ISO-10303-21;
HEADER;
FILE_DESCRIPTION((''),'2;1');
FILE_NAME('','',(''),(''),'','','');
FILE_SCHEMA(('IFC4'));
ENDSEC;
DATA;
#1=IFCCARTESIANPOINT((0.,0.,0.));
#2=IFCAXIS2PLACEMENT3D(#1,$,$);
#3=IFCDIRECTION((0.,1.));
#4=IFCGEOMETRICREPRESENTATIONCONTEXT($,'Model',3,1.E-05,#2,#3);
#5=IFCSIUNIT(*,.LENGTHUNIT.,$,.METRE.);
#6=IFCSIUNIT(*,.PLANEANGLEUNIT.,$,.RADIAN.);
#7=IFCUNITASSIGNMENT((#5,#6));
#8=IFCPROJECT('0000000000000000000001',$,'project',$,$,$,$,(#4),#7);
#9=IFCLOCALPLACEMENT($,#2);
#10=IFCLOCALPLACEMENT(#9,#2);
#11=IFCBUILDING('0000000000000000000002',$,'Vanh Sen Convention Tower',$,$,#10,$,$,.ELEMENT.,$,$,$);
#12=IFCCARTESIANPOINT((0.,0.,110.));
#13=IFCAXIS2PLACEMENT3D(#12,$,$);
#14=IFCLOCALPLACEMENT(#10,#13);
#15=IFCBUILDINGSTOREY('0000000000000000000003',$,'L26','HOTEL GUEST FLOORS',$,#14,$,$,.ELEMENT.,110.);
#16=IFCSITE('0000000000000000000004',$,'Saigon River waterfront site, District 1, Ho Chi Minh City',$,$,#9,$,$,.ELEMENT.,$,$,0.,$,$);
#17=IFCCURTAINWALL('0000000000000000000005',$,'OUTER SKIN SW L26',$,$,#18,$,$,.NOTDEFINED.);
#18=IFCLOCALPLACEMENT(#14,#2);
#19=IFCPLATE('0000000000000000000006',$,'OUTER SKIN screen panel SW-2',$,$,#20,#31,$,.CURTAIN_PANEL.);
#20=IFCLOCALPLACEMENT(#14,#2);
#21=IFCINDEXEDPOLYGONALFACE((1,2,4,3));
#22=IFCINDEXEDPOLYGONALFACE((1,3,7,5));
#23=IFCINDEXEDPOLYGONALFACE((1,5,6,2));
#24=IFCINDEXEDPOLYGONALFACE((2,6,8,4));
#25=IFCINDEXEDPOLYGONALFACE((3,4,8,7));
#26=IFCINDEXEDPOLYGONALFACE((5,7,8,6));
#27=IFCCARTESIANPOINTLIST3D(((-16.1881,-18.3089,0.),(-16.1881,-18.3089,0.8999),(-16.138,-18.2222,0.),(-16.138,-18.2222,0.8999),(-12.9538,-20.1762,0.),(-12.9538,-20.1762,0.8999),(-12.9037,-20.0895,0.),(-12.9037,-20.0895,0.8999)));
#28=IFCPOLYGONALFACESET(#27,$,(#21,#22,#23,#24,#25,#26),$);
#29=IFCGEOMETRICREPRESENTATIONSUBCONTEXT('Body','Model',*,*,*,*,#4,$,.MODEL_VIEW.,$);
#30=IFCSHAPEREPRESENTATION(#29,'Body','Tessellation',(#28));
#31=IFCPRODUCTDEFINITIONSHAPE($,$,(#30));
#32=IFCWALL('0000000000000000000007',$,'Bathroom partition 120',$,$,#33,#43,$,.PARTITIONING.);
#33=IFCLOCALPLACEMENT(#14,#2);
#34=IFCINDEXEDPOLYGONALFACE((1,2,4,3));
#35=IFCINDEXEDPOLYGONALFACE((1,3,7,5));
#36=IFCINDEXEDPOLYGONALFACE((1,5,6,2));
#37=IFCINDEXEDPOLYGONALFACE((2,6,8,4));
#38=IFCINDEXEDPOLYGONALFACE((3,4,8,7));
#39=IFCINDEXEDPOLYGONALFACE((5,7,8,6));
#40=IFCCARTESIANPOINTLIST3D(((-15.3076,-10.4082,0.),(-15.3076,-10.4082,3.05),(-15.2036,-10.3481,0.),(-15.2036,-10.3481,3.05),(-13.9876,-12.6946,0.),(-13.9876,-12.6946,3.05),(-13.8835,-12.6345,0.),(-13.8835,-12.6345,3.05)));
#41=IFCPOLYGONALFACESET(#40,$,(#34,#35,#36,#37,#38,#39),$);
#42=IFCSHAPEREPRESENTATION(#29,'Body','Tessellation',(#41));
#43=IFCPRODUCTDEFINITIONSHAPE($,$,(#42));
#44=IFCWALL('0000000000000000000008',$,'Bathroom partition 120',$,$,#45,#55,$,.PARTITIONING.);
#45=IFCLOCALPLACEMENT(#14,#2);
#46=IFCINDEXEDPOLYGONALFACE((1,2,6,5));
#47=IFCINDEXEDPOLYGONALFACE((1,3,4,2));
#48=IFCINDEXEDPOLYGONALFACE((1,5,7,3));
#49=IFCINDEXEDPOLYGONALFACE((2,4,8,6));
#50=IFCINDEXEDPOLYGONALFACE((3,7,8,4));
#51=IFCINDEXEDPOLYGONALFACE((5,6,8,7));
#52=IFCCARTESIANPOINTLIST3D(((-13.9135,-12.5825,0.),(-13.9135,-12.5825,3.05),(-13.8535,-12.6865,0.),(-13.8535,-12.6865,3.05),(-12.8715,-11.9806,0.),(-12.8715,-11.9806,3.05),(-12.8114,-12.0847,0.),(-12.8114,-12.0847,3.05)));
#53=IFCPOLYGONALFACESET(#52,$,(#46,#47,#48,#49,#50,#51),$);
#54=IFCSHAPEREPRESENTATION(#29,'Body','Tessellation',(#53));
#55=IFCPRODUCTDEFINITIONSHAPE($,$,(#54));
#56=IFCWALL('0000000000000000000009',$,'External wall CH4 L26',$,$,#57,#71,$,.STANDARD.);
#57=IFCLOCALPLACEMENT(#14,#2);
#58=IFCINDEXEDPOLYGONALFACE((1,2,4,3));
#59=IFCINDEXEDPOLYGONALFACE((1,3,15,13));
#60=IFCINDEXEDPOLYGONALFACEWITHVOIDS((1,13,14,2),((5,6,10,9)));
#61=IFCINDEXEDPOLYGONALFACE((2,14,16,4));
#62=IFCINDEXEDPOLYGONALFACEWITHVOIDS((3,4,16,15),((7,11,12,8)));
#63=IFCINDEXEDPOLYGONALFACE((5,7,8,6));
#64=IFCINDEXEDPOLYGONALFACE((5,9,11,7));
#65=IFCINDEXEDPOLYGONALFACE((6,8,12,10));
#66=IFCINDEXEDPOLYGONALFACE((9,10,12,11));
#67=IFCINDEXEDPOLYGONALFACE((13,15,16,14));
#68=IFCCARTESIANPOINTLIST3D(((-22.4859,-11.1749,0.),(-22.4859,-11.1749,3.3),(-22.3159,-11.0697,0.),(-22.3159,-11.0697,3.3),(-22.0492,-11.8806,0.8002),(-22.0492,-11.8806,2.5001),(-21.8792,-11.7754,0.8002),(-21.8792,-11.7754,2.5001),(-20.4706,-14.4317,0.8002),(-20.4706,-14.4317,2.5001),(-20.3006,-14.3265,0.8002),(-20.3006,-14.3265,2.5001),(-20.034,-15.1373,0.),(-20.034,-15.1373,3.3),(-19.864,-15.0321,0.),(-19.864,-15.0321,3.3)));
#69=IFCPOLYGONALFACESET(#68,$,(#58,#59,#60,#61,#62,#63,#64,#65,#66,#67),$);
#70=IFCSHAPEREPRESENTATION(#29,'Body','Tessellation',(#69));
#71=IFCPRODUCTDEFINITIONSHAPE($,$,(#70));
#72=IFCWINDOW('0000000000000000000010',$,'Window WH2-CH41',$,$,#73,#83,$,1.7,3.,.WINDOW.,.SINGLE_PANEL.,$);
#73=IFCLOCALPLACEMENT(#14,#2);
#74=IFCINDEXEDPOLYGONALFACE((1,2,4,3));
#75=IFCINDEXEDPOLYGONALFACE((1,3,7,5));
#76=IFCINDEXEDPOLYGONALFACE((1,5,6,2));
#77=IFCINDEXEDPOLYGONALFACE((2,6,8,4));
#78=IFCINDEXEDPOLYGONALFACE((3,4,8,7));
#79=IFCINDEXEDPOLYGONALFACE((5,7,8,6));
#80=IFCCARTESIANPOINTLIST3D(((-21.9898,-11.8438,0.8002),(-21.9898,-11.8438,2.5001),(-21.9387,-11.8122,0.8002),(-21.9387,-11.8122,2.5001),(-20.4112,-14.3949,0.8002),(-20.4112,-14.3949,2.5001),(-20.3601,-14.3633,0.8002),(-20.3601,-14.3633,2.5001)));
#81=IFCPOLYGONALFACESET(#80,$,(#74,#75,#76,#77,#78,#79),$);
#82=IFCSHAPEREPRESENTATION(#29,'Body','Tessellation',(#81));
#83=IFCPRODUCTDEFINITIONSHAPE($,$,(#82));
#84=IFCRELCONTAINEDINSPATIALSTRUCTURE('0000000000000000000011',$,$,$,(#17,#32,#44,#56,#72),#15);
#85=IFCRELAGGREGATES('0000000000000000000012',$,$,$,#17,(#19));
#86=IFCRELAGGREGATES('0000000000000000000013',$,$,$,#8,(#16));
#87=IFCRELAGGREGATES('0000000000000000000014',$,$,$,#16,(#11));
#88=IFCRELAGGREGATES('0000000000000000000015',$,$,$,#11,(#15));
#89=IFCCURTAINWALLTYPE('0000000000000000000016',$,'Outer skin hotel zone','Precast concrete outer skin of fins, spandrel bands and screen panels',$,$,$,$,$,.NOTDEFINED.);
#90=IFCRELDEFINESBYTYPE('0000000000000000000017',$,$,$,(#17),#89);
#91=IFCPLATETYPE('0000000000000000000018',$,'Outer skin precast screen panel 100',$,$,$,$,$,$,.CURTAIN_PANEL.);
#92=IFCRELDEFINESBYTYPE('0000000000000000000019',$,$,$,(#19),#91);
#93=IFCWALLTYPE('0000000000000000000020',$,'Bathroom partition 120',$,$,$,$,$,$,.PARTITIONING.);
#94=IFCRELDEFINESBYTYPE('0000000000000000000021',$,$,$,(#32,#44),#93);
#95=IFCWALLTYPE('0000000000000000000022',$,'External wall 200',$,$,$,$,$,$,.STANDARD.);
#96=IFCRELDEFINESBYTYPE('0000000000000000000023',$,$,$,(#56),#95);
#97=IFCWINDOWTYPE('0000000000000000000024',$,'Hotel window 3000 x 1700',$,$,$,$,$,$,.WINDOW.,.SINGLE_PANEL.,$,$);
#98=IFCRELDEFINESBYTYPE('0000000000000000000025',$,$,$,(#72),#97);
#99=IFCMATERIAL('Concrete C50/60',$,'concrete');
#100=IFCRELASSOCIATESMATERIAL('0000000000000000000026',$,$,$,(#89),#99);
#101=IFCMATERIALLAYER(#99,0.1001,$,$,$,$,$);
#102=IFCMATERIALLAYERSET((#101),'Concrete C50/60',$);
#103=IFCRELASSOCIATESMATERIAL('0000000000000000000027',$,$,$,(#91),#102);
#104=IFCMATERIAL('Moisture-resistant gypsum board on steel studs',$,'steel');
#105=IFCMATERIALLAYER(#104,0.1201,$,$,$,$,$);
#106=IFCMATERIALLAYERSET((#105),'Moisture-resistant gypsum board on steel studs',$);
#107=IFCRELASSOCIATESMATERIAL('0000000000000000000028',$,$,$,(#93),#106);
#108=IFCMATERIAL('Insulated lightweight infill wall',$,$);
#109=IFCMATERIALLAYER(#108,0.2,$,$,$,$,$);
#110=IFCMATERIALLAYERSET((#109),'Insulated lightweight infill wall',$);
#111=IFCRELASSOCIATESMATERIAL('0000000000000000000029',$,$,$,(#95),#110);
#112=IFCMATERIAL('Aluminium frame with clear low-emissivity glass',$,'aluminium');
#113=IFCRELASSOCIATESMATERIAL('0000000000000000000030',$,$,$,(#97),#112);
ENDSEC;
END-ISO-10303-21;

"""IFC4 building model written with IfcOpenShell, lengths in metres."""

from ifc_helpers import new_model, si_unit, direction, frame, frame_2d, origin, origin_2d, place, context, subcontext, project, spatial, rectangle, extrude, material, layer, layer_set, type_object, element, fill, aggregate, save


model = new_model("IFC4")

# Units and contexts
model_context = context("Model", 3, precision=1e-05, world=origin(), true_north=direction((0.0, 1.0)))
body_context = subcontext(model_context, "Body", "Model", "MODEL_VIEW")
ifc_project = project(units=[si_unit("LENGTHUNIT", "METRE"), si_unit("PLANEANGLEUNIT", "RADIAN")], contexts=[model_context])

# Site, building, storey
site_placement = place(None, origin())
site = spatial("IfcSite", under=ifc_project, at=site_placement, Name="Saigon River waterfront site, District 1, Ho Chi Minh City", CompositionType="ELEMENT", RefElevation=0.0)
building_placement = place(site_placement, origin())
building = spatial("IfcBuilding", under=site, at=building_placement, Name="Vanh Sen Convention Tower", CompositionType="ELEMENT")
storey_placement = place(building_placement, frame((0.0, 0.0, 110.0)))
storey = spatial("IfcBuildingStorey", under=building, at=storey_placement, Name="L26", Description="HOTEL GUEST FLOORS", CompositionType="ELEMENT", Elevation=110.0)

# Curtain wall
ifc_material_1 = material(Name="Concrete C50/60", Category="concrete")
curtain_wall_type = type_object("IfcCurtainWallType", Name="Outer skin hotel zone", Description="Precast concrete outer skin of fins, spandrel bands and screen panels", PredefinedType="NOTDEFINED", material=ifc_material_1)
curtain_wall_1_placement = place(storey_placement, origin())
curtain_wall_1 = element("IfcCurtainWall", 1, at=curtain_wall_1_placement, inside=storey, type_object=curtain_wall_type, Name="OUTER SKIN SW L26", PredefinedType="NOTDEFINED")

# Shared definitions
ifc_layer_1 = layer(ifc_material_1, 0.1001)
ifc_layer_set_1 = layer_set([ifc_layer_1], Name="Concrete C50/60")
plate_type = type_object("IfcPlateType", Name="Outer skin precast screen panel 100", PredefinedType="CURTAIN_PANEL", material=ifc_layer_set_1)

# Plate
plate_1_placement = place(storey_placement, frame((-14.5459, -19.1992, 0.0), z_axis=(0.0, 0.0, 1.0), x_axis=(0.866032, -0.499988, 0.0)))
plate_1 = element("IfcPlate", 2, at=plate_1_placement, type_object=plate_type, Name="OUTER SKIN screen panel SW-2", PredefinedType="CURTAIN_PANEL", context=body_context, shape_type="SweptSolid", body=[
    extrude(rectangle(XDim=3.7346, YDim=0.1001, at=origin_2d()), origin(), (0.0, 0.0, 1.0), 0.8999),
])
aggregate(curtain_wall_1, [plate_1])

# Walls
ifc_material_2 = material(Name="Moisture-resistant gypsum board on steel studs", Category="steel")
ifc_layer_2 = layer(ifc_material_2, 0.1201)
ifc_layer_set_2 = layer_set([ifc_layer_2], Name="Moisture-resistant gypsum board on steel studs")
wall_type_1 = type_object("IfcWallType", Name="Bathroom partition 120", PredefinedType="PARTITIONING", material=ifc_layer_set_2)
wall_1_placement = place(storey_placement, frame((-13.9355, -12.6646, 0.0), z_axis=(0.0, 0.0, 1.0), x_axis=(-0.500008, 0.866021, 0.0)))
element("IfcWall", 3, at=wall_1_placement, inside=storey, type_object=wall_type_1, Name="Bathroom partition 120", PredefinedType="PARTITIONING", context=body_context, shape_type="SweptSolid", body=[
    extrude(rectangle(XDim=2.6401, YDim=0.1201, at=frame_2d((1.3201, 0.0))), origin(), (0.0, 0.0, 1.0), 3.05),
])
wall_2_placement = place(storey_placement, frame((-12.8416, -12.0327, 0.0), z_axis=(0.0, 0.0, 1.0), x_axis=(-0.865949, -0.500132, 0.0)))
element("IfcWall", 4, at=wall_2_placement, inside=storey, type_object=wall_type_1, Name="Bathroom partition 120", PredefinedType="PARTITIONING", context=body_context, shape_type="SweptSolid", body=[
    extrude(rectangle(XDim=1.2034, YDim=0.1201, at=frame_2d((0.6016, 0.0))), origin(), (0.0, 0.0, 1.0), 3.05),
])

# Wall, opening, window
ifc_material_3 = material(Name="Insulated lightweight infill wall")
ifc_layer_3 = layer(ifc_material_3, 0.2)
ifc_layer_set_3 = layer_set([ifc_layer_3], Name="Insulated lightweight infill wall")
wall_type_2 = type_object("IfcWallType", Name="External wall 200", PredefinedType="STANDARD", material=ifc_layer_set_3)
wall_3_placement = place(storey_placement, frame((-22.4009, -11.1223, 0.0), z_axis=(0.0, 0.0, 1.0), x_axis=(0.526198, -0.850362, 0.0)))
wall_3 = element("IfcWall", 5, at=wall_3_placement, inside=storey, type_object=wall_type_2, Name="External wall CH4 L26", PredefinedType="STANDARD", context=body_context, shape_type="SweptSolid", body=[
    extrude(rectangle(XDim=4.6597, YDim=0.2, at=frame_2d((2.3298, 0.0))), origin(), (0.0, 0.0, 1.0), 3.3),
])
opening_1_placement = place(wall_3_placement, frame((0.8298, 0.0, 0.8)))
opening_1 = element("IfcOpeningElement", 6, at=opening_1_placement, cuts=wall_3, PredefinedType="OPENING", context=body_context, shape_type="SweptSolid", body=[
    extrude(rectangle(XDim=3.0, YDim=1.7, at=frame_2d((1.5, 0.8501))), frame((0.0, 0.1099, 0.0), z_axis=(0.0, -1.0, 0.0), x_axis=(1.0, 0.0, 0.0)), (0.0, 0.0, 1.0), 0.22),
])
ifc_material_4 = material(Name="Aluminium frame with clear low-emissivity glass", Category="aluminium")
window_type_1 = type_object("IfcWindowType", Name="Hotel window 3000 x 1700", PartitioningType="SINGLE_PANEL", PredefinedType="WINDOW", material=ifc_material_4)
window_1_placement = place(opening_1_placement, origin())
window_1 = element("IfcWindow", 7, at=window_1_placement, inside=storey, type_object=window_type_1, Name="Window WH2-CH41", OverallHeight=1.7, OverallWidth=3.0, PartitioningType="SINGLE_PANEL", PredefinedType="WINDOW", context=body_context, shape_type="SweptSolid", body=[
    extrude(rectangle(XDim=3.0, YDim=1.7, at=frame_2d((1.5, 0.8501))), frame((0.0, 0.03, 0.0), z_axis=(0.0, -1.0, 0.0), x_axis=(1.0, 0.0, 0.0)), (0.0, 0.0, 1.0), 0.0601),
])
fill(opening_1, window_1)

save(model, "model.ifc")
